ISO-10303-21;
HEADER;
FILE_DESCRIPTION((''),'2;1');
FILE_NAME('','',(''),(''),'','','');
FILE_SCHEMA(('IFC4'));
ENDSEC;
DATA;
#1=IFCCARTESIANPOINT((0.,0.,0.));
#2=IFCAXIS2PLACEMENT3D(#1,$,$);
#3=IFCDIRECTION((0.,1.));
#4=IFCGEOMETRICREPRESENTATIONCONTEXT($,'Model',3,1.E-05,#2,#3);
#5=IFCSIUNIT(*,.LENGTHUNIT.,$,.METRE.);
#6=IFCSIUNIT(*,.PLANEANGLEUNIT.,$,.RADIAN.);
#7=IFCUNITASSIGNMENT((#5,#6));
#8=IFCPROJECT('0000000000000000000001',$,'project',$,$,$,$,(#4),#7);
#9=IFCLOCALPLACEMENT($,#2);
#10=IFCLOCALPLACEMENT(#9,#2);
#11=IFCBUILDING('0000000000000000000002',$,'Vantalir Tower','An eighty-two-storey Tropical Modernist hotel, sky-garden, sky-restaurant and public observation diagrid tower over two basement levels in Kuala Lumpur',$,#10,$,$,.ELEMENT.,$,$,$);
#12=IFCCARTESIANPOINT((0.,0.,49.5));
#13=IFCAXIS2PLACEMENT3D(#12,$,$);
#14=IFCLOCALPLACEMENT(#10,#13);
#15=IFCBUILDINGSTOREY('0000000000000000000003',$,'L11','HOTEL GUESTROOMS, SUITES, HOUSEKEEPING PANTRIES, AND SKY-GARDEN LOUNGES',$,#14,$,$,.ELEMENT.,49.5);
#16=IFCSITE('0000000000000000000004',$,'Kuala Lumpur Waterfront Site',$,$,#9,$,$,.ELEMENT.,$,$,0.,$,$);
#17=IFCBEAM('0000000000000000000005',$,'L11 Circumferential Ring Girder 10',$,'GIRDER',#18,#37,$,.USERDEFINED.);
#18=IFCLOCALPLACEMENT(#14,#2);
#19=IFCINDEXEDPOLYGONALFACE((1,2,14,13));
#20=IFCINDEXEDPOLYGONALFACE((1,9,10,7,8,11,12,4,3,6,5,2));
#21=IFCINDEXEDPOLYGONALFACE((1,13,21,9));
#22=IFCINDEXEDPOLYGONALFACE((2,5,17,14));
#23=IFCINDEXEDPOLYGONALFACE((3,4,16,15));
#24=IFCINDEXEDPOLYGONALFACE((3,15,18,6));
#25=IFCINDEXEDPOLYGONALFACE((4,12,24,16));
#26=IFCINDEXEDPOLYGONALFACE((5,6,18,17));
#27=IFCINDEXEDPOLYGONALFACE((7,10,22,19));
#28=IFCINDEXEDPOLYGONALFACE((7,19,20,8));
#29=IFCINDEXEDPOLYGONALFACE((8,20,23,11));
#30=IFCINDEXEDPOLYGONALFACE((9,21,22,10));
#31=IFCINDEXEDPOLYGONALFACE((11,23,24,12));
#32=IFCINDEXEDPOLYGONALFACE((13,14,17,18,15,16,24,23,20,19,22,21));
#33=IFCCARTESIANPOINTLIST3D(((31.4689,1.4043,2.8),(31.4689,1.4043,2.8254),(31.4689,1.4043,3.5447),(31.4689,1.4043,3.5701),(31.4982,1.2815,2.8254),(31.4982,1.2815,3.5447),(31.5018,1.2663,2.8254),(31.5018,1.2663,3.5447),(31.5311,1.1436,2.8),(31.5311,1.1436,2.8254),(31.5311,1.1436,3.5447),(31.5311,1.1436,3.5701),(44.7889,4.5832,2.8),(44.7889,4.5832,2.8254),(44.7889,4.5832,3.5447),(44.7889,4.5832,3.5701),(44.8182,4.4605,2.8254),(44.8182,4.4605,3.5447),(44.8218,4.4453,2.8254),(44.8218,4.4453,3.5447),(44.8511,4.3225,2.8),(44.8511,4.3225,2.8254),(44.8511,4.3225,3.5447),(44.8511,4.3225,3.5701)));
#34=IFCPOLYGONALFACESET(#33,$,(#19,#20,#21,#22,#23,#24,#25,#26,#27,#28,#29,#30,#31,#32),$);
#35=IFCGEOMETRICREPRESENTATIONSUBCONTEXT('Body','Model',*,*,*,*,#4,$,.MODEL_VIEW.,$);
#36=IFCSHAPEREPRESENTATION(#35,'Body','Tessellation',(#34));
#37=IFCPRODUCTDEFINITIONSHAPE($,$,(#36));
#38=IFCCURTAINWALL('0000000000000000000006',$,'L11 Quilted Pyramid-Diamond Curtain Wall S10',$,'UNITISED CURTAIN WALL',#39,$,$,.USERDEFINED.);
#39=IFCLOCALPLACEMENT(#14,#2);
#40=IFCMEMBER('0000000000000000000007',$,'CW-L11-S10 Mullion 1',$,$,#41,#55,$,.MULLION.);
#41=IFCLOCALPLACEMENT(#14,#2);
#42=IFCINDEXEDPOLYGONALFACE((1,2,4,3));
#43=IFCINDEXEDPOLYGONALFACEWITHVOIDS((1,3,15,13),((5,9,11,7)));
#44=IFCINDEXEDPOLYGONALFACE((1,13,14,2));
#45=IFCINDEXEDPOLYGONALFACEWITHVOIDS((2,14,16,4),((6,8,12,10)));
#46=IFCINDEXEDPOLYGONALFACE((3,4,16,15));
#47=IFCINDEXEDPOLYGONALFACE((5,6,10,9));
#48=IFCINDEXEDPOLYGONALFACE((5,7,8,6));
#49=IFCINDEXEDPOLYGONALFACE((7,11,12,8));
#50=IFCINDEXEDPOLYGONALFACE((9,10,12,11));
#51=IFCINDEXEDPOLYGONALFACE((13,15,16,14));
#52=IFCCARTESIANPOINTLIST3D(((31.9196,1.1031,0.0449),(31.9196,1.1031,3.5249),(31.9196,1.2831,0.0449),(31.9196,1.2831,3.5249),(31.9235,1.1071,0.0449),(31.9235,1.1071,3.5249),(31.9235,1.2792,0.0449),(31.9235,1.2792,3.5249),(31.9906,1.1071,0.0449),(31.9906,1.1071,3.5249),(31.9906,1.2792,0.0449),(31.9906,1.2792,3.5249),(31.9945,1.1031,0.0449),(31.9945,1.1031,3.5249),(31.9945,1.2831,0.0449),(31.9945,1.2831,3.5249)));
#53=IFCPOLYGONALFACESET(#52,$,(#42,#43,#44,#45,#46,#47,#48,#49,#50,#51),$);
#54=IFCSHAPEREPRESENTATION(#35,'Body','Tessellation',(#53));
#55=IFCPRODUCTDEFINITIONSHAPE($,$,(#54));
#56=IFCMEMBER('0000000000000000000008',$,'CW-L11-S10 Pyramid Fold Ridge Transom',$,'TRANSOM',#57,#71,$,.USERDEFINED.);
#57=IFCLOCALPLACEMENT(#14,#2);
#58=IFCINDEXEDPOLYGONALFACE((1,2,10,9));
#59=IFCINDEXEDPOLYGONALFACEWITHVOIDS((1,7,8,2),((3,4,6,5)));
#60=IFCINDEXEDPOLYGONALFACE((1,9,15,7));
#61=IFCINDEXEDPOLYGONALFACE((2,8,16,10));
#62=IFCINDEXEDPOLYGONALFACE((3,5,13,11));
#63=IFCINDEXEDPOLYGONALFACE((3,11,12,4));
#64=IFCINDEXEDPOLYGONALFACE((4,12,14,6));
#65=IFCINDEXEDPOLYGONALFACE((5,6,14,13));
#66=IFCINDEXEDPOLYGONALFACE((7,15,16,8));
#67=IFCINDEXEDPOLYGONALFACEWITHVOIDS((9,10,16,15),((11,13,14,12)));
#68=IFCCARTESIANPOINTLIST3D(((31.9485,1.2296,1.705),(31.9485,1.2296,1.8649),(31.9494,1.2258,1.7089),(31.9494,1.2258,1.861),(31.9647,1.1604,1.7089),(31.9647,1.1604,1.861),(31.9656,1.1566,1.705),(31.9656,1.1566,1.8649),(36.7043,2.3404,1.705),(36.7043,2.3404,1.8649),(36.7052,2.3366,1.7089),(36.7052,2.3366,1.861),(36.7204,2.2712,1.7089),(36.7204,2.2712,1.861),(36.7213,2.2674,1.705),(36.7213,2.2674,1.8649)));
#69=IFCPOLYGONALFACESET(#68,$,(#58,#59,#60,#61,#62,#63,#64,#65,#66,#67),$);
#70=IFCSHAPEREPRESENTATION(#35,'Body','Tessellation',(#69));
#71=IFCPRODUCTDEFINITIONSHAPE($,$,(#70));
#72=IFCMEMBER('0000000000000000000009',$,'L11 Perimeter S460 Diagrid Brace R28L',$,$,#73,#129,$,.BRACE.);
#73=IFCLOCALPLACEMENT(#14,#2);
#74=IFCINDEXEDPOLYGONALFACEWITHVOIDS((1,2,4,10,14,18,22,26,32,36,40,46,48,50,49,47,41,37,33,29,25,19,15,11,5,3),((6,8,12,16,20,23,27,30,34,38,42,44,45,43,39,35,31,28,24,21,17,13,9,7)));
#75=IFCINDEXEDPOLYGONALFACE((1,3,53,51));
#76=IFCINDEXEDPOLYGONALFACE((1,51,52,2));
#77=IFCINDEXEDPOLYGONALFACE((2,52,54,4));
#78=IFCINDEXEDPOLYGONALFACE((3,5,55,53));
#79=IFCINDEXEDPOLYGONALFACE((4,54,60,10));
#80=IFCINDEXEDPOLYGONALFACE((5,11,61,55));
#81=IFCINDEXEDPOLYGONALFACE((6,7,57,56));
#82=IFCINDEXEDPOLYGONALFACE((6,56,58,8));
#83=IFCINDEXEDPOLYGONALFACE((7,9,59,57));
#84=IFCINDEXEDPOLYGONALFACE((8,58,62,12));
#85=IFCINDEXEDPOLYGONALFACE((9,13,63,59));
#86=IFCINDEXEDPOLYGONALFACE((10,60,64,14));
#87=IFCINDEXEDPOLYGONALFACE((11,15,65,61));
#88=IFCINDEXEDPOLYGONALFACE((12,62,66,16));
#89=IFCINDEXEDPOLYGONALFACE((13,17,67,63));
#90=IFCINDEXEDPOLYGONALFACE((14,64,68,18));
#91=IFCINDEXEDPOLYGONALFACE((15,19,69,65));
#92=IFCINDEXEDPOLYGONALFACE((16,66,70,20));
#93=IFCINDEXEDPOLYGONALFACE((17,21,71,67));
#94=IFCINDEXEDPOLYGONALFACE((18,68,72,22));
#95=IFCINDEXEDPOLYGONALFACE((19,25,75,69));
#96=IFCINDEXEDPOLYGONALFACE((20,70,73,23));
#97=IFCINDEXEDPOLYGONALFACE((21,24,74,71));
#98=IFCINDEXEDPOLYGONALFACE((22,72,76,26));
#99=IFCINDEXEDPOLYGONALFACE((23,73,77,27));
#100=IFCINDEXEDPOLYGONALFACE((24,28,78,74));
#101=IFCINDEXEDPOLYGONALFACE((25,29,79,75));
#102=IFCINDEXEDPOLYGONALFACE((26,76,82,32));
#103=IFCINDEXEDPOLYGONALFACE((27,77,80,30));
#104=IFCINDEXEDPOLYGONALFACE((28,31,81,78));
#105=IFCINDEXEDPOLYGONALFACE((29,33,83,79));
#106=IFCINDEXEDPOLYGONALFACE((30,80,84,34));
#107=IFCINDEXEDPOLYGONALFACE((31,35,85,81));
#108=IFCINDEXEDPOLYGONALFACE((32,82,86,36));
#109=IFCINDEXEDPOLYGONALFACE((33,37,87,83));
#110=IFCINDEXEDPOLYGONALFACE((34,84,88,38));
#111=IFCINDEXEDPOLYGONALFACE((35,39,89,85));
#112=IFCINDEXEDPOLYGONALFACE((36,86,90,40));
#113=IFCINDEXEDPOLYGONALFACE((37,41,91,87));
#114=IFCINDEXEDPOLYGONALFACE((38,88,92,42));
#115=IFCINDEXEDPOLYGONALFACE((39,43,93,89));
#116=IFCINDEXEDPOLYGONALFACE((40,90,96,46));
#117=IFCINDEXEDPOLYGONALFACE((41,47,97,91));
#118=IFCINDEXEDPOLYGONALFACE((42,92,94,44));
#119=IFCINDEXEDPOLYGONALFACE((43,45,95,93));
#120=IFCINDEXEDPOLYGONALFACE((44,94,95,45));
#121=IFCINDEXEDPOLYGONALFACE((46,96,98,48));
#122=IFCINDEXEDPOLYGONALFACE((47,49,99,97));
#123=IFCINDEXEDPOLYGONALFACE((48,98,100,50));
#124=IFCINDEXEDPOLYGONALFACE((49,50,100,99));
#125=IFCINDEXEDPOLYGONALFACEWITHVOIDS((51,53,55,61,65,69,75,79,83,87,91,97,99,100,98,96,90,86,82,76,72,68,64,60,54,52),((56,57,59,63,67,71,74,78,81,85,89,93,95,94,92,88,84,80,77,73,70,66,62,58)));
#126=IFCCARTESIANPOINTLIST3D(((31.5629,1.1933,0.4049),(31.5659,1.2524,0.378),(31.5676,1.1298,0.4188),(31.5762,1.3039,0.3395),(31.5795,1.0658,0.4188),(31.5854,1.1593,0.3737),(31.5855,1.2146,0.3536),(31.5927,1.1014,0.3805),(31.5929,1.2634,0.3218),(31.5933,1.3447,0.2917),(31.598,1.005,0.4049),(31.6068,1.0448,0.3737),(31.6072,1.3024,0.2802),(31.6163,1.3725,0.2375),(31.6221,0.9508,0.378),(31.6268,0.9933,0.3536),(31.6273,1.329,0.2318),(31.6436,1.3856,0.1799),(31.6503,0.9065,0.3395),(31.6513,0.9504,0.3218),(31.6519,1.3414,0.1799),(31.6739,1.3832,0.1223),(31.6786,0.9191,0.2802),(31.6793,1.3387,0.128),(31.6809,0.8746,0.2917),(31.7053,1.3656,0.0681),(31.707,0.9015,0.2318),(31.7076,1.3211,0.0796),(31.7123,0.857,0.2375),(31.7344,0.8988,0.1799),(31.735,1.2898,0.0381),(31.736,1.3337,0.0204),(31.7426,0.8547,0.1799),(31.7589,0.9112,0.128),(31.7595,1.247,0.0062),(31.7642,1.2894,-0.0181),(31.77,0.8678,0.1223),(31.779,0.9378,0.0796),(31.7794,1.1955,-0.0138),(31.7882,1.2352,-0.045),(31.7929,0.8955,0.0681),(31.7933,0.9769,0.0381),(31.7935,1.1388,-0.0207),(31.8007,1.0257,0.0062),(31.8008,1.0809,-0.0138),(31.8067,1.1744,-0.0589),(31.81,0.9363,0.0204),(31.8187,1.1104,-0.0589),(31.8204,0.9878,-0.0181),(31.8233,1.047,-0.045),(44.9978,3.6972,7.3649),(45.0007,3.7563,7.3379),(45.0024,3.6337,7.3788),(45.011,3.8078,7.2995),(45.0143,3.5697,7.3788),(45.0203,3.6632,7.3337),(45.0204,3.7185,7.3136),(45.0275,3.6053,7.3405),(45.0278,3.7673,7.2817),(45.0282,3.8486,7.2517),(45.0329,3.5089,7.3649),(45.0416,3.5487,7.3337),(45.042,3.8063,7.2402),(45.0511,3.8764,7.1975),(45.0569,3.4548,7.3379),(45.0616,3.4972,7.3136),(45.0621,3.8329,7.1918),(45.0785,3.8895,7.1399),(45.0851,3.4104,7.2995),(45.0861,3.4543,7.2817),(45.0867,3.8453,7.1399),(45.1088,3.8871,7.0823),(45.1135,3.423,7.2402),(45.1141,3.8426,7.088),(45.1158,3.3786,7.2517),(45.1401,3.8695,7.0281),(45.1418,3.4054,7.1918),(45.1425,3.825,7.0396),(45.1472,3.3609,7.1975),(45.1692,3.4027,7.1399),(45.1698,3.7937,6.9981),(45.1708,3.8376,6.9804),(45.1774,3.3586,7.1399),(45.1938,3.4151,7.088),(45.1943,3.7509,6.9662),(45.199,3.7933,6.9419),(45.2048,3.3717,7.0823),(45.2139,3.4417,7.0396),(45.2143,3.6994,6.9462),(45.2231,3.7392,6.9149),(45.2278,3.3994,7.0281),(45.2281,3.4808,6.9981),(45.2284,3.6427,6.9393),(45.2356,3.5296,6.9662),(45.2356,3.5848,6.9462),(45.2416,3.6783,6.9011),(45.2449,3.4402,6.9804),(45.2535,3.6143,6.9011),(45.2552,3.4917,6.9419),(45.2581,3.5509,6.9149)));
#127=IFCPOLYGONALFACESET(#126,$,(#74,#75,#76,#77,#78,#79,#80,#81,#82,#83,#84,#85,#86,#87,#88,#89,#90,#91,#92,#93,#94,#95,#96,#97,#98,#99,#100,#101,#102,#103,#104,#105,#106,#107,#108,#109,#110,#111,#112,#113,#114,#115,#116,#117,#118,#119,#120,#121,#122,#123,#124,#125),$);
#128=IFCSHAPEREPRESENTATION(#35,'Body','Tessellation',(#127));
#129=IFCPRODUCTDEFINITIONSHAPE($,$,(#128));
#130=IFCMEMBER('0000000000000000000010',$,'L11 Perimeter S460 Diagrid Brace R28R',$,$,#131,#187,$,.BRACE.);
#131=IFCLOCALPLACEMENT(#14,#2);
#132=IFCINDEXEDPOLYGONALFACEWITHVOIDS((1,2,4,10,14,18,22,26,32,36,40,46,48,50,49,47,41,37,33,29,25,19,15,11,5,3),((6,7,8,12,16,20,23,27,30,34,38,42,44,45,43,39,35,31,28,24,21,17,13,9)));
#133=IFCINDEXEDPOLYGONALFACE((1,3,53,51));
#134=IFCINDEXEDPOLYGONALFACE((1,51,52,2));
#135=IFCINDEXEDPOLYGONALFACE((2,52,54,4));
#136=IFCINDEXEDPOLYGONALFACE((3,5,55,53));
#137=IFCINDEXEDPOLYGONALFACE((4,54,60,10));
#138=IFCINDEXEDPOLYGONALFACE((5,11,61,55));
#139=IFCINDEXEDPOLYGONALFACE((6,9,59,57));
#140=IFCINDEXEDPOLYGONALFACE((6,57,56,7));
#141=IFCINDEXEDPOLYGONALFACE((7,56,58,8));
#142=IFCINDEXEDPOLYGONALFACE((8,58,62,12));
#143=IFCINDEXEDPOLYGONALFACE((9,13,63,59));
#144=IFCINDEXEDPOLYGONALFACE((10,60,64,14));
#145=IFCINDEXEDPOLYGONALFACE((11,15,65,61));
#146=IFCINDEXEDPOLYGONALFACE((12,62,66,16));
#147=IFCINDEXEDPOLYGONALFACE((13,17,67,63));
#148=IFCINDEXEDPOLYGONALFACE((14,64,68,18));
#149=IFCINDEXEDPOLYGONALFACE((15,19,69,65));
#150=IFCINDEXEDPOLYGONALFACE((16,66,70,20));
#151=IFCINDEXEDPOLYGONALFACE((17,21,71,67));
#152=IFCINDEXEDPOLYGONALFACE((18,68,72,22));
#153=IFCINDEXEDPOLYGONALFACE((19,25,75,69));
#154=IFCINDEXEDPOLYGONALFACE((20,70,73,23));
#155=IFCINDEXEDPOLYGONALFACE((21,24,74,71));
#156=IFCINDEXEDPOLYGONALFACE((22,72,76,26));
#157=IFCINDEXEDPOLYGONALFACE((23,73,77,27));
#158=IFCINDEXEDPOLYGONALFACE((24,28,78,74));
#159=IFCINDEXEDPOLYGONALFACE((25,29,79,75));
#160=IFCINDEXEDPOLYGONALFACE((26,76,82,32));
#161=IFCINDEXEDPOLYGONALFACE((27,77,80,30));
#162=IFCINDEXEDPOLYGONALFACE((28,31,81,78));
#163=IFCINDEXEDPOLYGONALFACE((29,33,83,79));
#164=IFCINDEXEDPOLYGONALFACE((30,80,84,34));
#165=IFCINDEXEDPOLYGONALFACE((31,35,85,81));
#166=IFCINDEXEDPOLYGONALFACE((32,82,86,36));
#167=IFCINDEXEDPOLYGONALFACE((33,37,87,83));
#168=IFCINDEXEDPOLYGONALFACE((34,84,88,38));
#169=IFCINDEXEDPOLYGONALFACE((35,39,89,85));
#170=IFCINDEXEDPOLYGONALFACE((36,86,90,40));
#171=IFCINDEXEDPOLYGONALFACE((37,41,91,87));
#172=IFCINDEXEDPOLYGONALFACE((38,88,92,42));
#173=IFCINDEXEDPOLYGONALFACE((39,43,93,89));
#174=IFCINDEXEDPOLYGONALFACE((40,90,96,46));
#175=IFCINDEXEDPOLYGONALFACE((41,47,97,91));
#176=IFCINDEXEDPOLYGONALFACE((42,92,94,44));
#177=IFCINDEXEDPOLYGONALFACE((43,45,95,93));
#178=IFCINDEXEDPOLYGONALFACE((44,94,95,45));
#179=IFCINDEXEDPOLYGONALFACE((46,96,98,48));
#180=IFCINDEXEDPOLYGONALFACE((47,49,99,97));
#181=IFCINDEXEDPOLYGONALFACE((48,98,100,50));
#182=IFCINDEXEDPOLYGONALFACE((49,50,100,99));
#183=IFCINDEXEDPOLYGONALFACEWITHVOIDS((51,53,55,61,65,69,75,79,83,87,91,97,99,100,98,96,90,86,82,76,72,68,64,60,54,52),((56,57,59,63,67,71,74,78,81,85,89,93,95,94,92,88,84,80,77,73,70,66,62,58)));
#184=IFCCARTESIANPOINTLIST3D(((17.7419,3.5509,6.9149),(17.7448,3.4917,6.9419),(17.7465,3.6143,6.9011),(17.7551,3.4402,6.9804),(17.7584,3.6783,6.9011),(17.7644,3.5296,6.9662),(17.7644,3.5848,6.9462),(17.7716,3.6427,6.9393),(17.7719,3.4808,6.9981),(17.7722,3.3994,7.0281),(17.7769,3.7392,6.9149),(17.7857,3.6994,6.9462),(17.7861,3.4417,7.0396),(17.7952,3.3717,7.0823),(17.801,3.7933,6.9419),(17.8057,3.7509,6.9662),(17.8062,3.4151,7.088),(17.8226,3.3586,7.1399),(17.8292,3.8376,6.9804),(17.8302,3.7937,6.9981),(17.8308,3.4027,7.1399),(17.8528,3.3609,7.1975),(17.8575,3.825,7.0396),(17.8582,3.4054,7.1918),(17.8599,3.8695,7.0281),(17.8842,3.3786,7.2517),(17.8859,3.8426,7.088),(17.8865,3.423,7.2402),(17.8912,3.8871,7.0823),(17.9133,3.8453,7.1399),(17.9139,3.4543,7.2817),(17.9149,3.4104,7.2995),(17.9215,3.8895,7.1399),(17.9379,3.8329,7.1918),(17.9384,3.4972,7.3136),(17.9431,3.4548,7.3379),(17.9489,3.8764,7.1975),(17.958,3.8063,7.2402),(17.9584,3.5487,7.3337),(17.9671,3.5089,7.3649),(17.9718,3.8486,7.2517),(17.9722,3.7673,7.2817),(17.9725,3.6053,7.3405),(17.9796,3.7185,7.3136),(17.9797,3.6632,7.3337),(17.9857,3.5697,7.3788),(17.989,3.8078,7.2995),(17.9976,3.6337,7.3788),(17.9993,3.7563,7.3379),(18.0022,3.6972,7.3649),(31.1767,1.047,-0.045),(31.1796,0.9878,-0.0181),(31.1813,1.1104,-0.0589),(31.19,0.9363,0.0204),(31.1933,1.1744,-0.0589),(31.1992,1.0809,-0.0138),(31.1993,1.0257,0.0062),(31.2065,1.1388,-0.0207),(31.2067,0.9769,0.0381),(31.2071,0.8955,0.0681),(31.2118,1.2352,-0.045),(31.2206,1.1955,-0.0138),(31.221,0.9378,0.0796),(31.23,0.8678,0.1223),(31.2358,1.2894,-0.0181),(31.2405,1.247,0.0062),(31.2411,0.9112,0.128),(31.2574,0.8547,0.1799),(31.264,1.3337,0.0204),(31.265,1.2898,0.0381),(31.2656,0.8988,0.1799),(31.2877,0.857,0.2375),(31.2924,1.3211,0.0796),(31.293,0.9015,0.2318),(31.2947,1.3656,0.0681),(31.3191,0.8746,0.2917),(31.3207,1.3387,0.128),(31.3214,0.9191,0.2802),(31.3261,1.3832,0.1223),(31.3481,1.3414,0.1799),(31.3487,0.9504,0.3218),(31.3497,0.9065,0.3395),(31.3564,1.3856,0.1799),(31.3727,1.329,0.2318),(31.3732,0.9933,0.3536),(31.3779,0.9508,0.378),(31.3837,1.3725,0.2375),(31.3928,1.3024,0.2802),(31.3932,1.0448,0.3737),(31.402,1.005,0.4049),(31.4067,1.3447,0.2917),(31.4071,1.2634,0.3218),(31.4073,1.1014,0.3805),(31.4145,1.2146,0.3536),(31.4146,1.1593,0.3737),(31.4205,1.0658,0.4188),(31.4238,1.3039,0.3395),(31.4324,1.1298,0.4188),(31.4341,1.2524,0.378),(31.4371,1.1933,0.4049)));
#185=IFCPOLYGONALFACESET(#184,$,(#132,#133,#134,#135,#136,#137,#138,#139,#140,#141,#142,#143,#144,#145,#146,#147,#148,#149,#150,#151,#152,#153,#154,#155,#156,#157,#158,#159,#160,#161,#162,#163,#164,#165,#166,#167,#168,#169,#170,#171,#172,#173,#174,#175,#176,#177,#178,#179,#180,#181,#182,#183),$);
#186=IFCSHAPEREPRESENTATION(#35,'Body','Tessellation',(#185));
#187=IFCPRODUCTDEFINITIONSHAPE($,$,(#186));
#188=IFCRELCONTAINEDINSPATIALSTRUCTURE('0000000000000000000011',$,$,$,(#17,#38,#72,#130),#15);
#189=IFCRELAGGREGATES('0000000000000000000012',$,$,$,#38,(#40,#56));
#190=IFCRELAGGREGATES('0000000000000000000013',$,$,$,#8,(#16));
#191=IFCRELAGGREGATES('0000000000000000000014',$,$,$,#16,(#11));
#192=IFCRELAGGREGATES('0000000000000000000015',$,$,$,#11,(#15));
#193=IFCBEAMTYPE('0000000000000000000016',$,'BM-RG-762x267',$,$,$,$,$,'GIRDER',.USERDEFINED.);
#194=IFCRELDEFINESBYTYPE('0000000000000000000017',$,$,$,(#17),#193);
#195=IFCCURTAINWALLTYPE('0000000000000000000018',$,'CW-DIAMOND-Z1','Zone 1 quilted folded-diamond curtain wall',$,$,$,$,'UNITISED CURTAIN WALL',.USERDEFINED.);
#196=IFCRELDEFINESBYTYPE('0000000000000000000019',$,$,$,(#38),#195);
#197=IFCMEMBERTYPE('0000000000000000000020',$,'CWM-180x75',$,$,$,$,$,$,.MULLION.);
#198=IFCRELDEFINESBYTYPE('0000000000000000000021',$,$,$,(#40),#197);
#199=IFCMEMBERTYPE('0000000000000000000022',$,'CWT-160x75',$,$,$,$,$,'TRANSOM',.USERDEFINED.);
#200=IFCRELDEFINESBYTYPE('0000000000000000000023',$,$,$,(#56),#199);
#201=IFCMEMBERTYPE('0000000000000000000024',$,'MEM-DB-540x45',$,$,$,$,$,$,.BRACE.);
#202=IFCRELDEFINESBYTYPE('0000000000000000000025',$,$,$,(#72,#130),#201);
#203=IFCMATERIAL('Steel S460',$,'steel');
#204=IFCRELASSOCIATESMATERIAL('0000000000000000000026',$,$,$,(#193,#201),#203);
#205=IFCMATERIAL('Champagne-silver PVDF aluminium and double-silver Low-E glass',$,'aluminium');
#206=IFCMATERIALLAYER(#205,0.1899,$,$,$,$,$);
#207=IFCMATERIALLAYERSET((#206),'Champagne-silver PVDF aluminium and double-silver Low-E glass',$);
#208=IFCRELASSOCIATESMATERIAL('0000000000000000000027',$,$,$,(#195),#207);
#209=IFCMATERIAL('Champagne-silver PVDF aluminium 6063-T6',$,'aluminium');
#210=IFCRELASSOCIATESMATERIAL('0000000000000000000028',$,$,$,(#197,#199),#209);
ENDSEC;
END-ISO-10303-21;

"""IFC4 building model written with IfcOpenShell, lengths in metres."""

from ifc_helpers import new_model, si_unit, direction, frame, origin, origin_2d, place, context, subcontext, project, spatial, hollow_rectangle, hollow_circle, i_section, extrude, material, layer, layer_set, material_profile, profile_set, type_object, element, aggregate, save


model = new_model("IFC4")

# Units and contexts
model_context = context("Model", 3, precision=1e-05, world=origin(), true_north=direction((0.0, 1.0)))
body_context = subcontext(model_context, "Body", "Model", "MODEL_VIEW")
ifc_project = project(units=[si_unit("LENGTHUNIT", "METRE"), si_unit("PLANEANGLEUNIT", "RADIAN")], contexts=[model_context])

# Site, building, storey
site_placement = place(None, origin())
site = spatial("IfcSite", under=ifc_project, at=site_placement, Name="Kuala Lumpur Waterfront Site", CompositionType="ELEMENT", RefElevation=0.0)
building_placement = place(site_placement, origin())
building = spatial("IfcBuilding", under=site, at=building_placement, Name="Vantalir Tower", Description="An eighty-two-storey Tropical Modernist hotel, sky-garden, sky-restaurant and public observation diagrid tower over two basement levels in Kuala Lumpur", CompositionType="ELEMENT")
storey_placement = place(building_placement, frame((0.0, 0.0, 49.5)))
storey = spatial("IfcBuildingStorey", under=building, at=storey_placement, Name="L11", Description="HOTEL GUESTROOMS, SUITES, HOUSEKEEPING PANTRIES, AND SKY-GARDEN LOUNGES", CompositionType="ELEMENT", Elevation=49.5)

# Shared definitions
ifc_material_1 = material(Name="Steel S460", Category="steel")

# Beam
ifc_material_profile_1 = material_profile(ifc_material_1, i_section(OverallWidth=0.2681, OverallDepth=0.77, WebThickness=0.0156, FlangeThickness=0.0254, at=origin_2d()), Name="Steel S460")
ifc_profile_set_1 = profile_set([ifc_material_profile_1], Name="Steel S460")
beam_type_1 = type_object("IfcBeamType", Name="BM-RG-762x267", ElementType="GIRDER", PredefinedType="USERDEFINED", material=ifc_profile_set_1)
beam_1_placement = place(storey_placement, frame((31.5, 1.2739, 3.1851), z_axis=(0.972683, 0.232139, 0.0), x_axis=(-0.232139, 0.972683, 0.0)))
element("IfcBeam", 1, at=beam_1_placement, inside=storey, type_object=beam_type_1, Name="L11 Circumferential Ring Girder 10", ObjectType="GIRDER", PredefinedType="USERDEFINED", context=body_context, shape_type="SweptSolid", body=[
    extrude(i_section(OverallWidth=0.2681, OverallDepth=0.77, WebThickness=0.0156, FlangeThickness=0.0254, at=origin_2d()), origin(), (0.0, 0.0, 1.0), 13.6941),
])

# Curtain wall, members
ifc_material_2 = material(Name="Champagne-silver PVDF aluminium and double-silver Low-E glass", Category="aluminium")
ifc_layer_1 = layer(ifc_material_2, 0.1899)
ifc_layer_set_1 = layer_set([ifc_layer_1], Name="Champagne-silver PVDF aluminium and double-silver Low-E glass")
curtain_wall_type = type_object("IfcCurtainWallType", Name="CW-DIAMOND-Z1", Description="Zone 1 quilted folded-diamond curtain wall", ElementType="UNITISED CURTAIN WALL", PredefinedType="USERDEFINED", material=ifc_layer_set_1)
curtain_wall_placement = place(storey_placement, origin())
curtain_wall = element("IfcCurtainWall", 2, at=curtain_wall_placement, inside=storey, type_object=curtain_wall_type, Name="L11 Quilted Pyramid-Diamond Curtain Wall S10", ObjectType="UNITISED CURTAIN WALL", PredefinedType="USERDEFINED")
ifc_material_3 = material(Name="Champagne-silver PVDF aluminium 6063-T6", Category="aluminium")
ifc_material_profile_2 = material_profile(ifc_material_3, hollow_rectangle(XDim=0.075, YDim=0.1799, WallThickness=0.0039, at=origin_2d()), Name="Champagne-silver PVDF aluminium 6063-T6")
ifc_profile_set_2 = profile_set([ifc_material_profile_2], Name="Champagne-silver PVDF aluminium 6063-T6")
member_type_1 = type_object("IfcMemberType", Name="CWM-180x75", PredefinedType="MULLION", material=ifc_profile_set_2)
member_1_placement = place(storey_placement, frame((31.957, 1.1931, 0.0449), z_axis=(0.0, 0.0, 1.0), x_axis=(1.0, 0.0, 0.0)))
member_1 = element("IfcMember", 3, at=member_1_placement, type_object=member_type_1, Name="CW-L11-S10 Mullion 1", PredefinedType="MULLION", context=body_context, shape_type="SweptSolid", body=[
    extrude(hollow_rectangle(XDim=0.075, YDim=0.1799, WallThickness=0.0039, at=origin_2d()), origin(), (0.0, 0.0, 1.0), 3.48),
])
ifc_material_profile_3 = material_profile(ifc_material_3, hollow_rectangle(XDim=0.075, YDim=0.1599, WallThickness=0.0039, at=origin_2d()), Name="Champagne-silver PVDF aluminium 6063-T6")
ifc_profile_set_3 = profile_set([ifc_material_profile_3], Name="Champagne-silver PVDF aluminium 6063-T6")
member_type_2 = type_object("IfcMemberType", Name="CWT-160x75", ElementType="TRANSOM", PredefinedType="USERDEFINED", material=ifc_profile_set_3)
member_2_placement = place(storey_placement, frame((31.957, 1.1931, 1.7849), z_axis=(0.97379, 0.227451, 0.0), x_axis=(-0.227451, 0.97379, 0.0)))
member_2 = element("IfcMember", 4, at=member_2_placement, type_object=member_type_2, Name="CW-L11-S10 Pyramid Fold Ridge Transom", ObjectType="TRANSOM", PredefinedType="USERDEFINED", context=body_context, shape_type="SweptSolid", body=[
    extrude(hollow_rectangle(XDim=0.075, YDim=0.1599, WallThickness=0.0039, at=origin_2d()), origin(), (0.0, 0.0, 1.0), 4.8838),
])

# Members
ifc_material_profile_4 = material_profile(ifc_material_1, hollow_circle(Radius=0.27, WallThickness=0.0449, at=origin_2d()), Name="Steel S460")
ifc_profile_set_4 = profile_set([ifc_material_profile_4], Name="Steel S460")
member_type_3 = type_object("IfcMemberType", Name="MEM-DB-540x45", PredefinedType="BRACE", material=ifc_profile_set_4)
for number, where, z_axis, x_axis, name in (
    (5, (31.6931, 1.1201, 0.1799), (0.876009, 0.163266, 0.45382), (-0.18322, 0.983072, 0.0), "L11 Perimeter S460 Diagrid Brace R28L"),
    (6, (31.3069, 1.1201, 0.1799), (-0.876009, 0.163266, 0.45382), (-0.18322, -0.983072, 0.0), "L11 Perimeter S460 Diagrid Brace R28R"),
):
    element("IfcMember", number, at=place(storey_placement, frame(where, z_axis=z_axis, x_axis=x_axis)), inside=storey, type_object=member_type_3, Name=name, PredefinedType="BRACE", context=body_context, shape_type="SweptSolid", body=[
        extrude(hollow_circle(Radius=0.27, WallThickness=0.0449, at=origin_2d()), origin(), (0.0, 0.0, 1.0), 15.3364),
    ])

aggregate(curtain_wall, [member_1, member_2])

save(model, "model.ifc")
